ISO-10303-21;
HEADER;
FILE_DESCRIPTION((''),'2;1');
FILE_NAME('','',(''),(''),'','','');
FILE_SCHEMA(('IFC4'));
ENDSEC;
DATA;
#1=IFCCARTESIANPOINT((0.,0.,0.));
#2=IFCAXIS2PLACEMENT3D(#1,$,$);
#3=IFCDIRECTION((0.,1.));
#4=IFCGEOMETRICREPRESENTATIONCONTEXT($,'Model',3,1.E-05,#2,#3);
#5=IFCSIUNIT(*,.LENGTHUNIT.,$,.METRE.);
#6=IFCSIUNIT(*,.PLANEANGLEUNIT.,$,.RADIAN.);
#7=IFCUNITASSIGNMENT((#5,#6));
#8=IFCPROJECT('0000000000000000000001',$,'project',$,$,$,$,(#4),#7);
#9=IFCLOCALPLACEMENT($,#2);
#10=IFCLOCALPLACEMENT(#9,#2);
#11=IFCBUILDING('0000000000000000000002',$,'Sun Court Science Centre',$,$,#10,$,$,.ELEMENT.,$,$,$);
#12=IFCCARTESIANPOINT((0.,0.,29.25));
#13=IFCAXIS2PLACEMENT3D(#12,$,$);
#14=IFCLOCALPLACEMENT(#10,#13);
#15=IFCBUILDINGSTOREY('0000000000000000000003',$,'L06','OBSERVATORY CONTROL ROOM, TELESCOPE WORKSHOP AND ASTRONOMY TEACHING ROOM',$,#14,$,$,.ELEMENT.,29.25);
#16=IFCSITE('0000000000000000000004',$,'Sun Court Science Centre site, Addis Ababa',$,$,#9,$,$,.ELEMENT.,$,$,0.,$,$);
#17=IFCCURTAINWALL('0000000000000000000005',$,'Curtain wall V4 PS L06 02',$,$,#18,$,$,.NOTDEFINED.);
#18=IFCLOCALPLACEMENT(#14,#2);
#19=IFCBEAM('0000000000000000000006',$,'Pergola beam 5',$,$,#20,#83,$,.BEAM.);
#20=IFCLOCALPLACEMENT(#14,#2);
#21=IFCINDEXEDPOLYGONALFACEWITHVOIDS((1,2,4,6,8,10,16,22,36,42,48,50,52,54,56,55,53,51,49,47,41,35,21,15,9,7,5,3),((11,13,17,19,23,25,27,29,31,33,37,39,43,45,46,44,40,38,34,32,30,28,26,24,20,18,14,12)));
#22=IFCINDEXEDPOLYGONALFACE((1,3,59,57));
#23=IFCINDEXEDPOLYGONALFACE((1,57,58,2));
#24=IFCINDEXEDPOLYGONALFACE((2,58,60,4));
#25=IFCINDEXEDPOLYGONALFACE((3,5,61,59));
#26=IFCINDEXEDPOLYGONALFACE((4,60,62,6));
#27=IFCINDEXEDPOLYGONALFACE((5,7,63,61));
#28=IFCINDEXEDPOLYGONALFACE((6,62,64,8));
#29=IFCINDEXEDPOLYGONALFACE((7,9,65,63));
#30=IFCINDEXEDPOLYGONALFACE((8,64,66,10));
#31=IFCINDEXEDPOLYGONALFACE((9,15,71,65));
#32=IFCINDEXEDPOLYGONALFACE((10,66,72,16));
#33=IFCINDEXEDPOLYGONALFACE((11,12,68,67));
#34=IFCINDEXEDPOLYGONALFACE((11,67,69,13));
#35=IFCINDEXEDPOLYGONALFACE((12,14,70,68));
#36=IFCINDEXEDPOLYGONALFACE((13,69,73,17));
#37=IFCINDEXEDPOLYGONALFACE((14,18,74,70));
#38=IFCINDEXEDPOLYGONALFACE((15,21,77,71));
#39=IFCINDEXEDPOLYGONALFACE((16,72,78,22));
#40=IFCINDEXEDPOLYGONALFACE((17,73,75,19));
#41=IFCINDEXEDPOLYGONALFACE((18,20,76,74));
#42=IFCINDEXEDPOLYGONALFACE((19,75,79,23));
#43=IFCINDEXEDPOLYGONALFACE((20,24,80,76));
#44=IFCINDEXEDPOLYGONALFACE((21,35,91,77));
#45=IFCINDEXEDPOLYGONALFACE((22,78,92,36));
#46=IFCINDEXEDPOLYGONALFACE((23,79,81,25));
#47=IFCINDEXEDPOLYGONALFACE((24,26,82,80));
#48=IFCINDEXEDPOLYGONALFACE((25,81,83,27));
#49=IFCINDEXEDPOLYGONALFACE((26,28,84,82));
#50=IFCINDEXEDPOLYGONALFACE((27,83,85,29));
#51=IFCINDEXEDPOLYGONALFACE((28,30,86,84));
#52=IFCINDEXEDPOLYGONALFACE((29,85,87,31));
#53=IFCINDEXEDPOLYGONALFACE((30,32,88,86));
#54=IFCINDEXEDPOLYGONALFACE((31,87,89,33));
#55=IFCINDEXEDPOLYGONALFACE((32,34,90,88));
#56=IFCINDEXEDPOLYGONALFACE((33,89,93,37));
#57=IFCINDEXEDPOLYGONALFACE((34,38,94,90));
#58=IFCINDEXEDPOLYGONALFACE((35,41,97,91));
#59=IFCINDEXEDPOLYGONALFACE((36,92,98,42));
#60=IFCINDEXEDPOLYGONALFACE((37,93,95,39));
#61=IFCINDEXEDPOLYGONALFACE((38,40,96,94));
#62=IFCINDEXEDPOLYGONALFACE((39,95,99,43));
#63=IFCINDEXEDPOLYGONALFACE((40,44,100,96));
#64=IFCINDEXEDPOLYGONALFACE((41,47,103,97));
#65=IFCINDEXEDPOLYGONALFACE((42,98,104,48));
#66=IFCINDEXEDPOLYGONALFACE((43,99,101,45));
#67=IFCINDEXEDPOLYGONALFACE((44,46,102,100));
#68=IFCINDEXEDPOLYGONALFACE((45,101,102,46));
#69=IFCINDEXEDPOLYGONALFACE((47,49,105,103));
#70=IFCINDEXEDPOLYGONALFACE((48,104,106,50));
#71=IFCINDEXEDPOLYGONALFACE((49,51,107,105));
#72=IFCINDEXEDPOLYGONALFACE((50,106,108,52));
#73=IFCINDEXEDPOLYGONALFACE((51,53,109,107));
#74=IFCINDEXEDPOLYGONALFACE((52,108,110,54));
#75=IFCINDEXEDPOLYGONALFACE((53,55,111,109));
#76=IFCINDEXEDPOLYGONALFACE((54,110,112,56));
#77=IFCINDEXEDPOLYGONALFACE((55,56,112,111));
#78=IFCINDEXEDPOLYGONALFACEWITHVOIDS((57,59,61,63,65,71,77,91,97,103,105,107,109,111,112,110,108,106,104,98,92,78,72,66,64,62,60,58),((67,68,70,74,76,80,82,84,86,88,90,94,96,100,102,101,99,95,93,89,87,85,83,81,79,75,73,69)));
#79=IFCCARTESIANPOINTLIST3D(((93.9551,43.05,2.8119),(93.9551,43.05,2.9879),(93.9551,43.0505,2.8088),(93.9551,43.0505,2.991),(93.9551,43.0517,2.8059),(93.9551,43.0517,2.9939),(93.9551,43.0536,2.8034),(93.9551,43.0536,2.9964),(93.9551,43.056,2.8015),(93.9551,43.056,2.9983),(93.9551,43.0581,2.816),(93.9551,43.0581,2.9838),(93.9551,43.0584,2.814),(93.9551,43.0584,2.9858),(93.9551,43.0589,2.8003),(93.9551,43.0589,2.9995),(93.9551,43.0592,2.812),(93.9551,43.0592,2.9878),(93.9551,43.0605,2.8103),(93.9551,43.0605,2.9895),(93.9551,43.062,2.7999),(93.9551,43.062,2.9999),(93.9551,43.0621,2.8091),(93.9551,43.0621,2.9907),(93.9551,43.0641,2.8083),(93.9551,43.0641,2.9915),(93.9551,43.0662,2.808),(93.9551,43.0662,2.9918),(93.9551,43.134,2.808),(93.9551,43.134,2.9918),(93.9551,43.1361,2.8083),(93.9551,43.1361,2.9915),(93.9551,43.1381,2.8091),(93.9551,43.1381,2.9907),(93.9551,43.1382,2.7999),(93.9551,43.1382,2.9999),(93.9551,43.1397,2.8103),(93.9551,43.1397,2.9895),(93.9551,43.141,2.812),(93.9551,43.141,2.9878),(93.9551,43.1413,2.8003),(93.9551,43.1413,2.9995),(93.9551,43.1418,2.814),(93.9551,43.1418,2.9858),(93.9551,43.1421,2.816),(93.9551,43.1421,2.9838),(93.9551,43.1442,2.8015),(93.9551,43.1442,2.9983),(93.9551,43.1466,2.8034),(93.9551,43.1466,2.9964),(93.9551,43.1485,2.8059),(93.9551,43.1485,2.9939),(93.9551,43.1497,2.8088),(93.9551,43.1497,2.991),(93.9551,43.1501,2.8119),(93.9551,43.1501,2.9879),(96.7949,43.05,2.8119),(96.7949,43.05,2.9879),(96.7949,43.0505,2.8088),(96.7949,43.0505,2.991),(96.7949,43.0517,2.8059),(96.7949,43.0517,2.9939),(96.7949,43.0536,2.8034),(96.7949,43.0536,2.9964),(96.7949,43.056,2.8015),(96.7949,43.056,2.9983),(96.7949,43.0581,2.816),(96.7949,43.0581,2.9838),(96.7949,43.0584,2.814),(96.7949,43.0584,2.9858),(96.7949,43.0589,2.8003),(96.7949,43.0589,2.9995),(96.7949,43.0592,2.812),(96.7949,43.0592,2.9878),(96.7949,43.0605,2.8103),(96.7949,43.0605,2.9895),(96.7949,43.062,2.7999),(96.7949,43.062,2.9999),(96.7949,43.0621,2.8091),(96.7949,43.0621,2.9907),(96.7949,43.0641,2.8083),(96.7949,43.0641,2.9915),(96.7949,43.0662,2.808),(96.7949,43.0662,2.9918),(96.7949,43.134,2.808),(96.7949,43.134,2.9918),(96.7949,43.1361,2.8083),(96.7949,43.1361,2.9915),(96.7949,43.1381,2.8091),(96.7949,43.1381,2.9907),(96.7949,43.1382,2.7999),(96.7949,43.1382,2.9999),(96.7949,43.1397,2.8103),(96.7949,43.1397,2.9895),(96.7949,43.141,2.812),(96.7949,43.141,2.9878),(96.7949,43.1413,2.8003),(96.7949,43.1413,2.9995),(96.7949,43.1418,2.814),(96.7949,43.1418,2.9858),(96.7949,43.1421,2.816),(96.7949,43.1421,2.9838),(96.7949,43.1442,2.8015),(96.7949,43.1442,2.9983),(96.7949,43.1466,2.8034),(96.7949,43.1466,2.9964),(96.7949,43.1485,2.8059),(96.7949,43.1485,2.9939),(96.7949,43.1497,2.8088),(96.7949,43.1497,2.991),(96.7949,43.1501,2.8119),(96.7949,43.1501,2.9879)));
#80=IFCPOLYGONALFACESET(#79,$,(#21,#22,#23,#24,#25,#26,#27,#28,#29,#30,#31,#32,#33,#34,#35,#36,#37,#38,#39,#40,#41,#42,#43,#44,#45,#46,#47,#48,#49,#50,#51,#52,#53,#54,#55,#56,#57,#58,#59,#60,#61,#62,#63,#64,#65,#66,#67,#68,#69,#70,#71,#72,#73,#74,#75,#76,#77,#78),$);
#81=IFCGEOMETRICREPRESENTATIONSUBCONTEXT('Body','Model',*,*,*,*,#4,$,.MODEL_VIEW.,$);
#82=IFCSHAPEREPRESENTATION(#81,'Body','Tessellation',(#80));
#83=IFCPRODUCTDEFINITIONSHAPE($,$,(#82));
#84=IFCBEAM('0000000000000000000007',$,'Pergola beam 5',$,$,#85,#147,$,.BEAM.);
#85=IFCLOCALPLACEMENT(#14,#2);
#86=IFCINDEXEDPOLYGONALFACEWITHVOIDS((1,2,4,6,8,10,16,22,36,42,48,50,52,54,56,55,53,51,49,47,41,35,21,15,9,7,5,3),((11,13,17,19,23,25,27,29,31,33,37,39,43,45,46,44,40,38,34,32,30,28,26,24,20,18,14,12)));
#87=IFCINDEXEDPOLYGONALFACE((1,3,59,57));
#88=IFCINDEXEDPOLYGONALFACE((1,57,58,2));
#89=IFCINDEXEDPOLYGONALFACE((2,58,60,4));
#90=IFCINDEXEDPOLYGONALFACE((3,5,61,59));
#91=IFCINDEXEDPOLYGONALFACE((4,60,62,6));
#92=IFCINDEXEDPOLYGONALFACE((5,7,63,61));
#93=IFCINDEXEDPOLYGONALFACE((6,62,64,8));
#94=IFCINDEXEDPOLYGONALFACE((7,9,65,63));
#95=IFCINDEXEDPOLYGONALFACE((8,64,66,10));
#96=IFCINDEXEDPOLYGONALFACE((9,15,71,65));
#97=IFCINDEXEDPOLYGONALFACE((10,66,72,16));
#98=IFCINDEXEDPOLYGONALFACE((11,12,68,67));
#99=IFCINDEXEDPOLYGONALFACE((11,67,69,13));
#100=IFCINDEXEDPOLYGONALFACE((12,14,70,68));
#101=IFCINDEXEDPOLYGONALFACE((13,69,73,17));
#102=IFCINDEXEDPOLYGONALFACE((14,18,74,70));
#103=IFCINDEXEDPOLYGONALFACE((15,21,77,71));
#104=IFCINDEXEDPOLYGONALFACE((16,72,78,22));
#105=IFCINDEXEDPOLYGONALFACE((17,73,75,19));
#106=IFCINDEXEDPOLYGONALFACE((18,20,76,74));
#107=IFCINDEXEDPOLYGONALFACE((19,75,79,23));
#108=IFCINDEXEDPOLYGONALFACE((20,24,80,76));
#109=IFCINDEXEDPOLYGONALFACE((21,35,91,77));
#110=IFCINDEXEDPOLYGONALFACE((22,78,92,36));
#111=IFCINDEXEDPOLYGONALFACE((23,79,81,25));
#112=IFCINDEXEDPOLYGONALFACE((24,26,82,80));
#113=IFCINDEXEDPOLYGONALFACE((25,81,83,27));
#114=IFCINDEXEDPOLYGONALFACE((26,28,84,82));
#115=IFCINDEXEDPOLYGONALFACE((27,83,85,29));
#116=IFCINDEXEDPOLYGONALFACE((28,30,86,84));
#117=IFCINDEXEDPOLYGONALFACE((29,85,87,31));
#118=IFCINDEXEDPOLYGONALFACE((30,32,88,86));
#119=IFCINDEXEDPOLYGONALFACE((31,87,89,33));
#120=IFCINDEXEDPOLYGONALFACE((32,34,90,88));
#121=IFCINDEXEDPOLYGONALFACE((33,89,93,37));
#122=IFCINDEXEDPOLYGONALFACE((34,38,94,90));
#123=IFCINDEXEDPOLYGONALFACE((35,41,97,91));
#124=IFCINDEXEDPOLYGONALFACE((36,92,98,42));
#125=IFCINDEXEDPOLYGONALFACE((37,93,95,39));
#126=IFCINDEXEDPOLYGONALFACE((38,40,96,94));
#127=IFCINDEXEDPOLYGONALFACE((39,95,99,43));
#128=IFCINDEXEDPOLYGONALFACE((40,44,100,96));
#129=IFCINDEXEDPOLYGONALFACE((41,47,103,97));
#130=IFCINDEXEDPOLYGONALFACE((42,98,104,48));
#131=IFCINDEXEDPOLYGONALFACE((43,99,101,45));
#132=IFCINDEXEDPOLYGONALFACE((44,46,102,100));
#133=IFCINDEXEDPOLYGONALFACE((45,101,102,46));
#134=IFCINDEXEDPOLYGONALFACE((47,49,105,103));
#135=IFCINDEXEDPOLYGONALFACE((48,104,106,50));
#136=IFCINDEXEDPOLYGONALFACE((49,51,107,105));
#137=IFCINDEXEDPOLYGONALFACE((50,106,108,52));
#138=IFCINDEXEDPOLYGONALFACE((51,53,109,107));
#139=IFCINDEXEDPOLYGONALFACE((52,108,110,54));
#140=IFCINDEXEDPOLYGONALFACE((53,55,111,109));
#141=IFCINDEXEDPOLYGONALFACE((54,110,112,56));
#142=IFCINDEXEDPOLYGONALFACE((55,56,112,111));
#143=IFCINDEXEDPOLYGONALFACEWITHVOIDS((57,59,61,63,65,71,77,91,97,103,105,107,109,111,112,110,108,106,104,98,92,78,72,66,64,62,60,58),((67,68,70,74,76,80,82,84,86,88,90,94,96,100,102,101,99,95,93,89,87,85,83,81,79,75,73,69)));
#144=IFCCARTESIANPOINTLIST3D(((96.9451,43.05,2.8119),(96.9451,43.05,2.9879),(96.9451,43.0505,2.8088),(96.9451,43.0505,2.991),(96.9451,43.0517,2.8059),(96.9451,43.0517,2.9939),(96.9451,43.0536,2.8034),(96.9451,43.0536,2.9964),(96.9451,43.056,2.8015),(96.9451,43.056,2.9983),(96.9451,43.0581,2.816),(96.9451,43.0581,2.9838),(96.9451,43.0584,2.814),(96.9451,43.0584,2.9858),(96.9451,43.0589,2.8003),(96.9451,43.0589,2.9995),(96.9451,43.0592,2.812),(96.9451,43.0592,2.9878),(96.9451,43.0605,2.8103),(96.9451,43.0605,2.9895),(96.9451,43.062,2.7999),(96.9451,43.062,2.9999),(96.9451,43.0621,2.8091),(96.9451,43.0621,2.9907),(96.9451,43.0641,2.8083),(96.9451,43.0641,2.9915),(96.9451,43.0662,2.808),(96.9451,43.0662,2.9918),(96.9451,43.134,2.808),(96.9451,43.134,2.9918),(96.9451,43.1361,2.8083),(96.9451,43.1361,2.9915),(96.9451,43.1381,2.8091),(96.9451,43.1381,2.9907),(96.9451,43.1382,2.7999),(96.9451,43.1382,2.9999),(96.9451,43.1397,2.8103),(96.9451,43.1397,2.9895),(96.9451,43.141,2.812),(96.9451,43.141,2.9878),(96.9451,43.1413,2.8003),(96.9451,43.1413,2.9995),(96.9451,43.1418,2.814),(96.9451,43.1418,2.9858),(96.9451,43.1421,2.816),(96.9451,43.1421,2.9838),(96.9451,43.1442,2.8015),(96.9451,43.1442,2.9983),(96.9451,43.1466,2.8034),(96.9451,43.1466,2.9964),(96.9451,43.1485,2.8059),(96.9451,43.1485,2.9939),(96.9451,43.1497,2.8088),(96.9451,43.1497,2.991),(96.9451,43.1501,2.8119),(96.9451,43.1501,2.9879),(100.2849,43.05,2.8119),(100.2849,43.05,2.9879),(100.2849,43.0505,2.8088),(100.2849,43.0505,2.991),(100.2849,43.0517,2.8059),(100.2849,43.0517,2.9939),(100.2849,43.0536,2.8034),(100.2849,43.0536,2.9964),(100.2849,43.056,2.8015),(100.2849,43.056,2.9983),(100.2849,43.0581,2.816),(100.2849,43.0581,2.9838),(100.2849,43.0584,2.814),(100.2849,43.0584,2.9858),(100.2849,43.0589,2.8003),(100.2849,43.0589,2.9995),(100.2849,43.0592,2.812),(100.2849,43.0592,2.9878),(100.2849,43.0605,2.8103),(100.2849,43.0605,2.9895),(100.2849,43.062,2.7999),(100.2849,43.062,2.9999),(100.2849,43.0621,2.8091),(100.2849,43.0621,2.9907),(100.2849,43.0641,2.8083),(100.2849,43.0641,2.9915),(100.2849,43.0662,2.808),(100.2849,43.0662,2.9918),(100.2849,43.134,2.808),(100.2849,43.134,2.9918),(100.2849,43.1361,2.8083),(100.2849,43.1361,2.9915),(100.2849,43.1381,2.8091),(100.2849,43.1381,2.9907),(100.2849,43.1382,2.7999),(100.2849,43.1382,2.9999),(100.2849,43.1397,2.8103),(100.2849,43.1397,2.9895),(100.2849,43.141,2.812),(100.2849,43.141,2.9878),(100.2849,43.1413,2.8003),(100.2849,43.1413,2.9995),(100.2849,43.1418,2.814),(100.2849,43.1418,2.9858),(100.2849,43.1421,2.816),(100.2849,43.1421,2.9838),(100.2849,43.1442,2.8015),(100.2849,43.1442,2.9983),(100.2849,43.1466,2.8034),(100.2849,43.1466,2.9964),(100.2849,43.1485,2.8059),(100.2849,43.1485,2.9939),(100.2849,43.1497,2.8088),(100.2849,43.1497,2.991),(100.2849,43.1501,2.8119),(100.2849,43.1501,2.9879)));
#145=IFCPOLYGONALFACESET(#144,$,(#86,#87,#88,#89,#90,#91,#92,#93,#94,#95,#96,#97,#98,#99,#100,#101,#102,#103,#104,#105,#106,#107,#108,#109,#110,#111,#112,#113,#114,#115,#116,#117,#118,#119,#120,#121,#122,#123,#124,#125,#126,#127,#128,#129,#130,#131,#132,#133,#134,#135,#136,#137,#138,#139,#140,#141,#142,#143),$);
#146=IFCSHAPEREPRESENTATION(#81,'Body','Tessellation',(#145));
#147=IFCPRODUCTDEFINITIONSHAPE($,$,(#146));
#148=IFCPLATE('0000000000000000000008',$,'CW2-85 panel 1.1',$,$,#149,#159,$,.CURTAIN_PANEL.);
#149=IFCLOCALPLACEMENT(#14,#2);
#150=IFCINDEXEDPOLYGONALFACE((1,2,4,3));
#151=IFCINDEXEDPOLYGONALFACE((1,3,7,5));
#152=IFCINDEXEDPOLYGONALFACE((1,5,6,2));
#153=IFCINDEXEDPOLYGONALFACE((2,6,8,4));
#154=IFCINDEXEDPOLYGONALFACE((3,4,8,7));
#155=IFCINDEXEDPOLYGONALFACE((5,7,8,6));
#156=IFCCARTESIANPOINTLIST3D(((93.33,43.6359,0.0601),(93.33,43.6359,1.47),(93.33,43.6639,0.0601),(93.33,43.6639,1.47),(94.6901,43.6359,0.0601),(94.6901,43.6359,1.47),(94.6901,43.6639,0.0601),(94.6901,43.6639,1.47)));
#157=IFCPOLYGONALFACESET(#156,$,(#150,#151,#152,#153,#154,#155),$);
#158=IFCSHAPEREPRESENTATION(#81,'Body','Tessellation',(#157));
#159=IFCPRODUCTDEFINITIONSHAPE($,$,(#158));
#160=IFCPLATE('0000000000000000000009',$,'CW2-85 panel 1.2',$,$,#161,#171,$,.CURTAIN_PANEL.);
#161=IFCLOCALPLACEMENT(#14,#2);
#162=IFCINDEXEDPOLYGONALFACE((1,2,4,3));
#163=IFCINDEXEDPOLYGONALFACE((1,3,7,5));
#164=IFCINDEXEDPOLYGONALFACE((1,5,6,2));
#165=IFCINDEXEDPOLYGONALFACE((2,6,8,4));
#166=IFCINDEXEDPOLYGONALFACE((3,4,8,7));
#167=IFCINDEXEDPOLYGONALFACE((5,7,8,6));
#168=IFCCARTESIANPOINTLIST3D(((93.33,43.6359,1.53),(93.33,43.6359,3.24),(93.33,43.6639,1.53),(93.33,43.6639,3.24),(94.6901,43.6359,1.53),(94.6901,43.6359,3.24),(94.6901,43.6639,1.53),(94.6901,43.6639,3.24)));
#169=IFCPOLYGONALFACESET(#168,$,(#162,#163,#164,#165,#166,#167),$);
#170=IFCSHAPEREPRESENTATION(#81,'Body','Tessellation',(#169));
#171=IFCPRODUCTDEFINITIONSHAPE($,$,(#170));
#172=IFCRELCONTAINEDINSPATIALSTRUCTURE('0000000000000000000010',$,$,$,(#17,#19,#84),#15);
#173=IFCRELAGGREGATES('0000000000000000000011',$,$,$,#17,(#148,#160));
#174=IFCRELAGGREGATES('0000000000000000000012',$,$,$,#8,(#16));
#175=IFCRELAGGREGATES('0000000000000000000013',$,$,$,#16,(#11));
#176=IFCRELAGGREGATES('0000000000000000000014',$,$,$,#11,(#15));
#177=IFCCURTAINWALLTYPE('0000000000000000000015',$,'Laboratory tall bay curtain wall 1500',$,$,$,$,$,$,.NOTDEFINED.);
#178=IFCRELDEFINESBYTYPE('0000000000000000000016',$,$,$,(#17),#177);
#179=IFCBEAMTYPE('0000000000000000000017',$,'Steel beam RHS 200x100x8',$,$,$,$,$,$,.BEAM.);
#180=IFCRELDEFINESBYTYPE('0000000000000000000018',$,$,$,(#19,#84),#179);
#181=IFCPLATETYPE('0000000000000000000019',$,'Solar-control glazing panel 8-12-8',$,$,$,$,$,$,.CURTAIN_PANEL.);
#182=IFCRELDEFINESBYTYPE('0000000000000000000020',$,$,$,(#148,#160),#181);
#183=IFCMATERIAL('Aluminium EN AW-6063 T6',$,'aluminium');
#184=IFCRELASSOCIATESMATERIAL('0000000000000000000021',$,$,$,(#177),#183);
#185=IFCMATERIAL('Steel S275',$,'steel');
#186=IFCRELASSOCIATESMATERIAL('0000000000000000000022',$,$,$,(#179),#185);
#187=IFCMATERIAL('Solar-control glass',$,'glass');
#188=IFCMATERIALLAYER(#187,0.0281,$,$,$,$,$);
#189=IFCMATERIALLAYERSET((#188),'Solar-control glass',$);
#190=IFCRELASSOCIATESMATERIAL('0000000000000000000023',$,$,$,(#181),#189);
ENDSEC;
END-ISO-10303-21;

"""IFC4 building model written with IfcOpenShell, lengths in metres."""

from ifc_helpers import new_model, si_unit, direction, frame, origin, origin_2d, place, context, subcontext, project, spatial, rectangle, hollow_rectangle, extrude, material, layer, layer_set, material_profile, profile_set, type_object, element, aggregate, save


model = new_model("IFC4")

# Units and contexts
model_context = context("Model", 3, precision=1e-05, world=origin(), true_north=direction((0.0, 1.0)))
body_context = subcontext(model_context, "Body", "Model", "MODEL_VIEW")
ifc_project = project(units=[si_unit("LENGTHUNIT", "METRE"), si_unit("PLANEANGLEUNIT", "RADIAN")], contexts=[model_context])

# Site, building, storey
site_placement = place(None, origin())
site = spatial("IfcSite", under=ifc_project, at=site_placement, Name="Sun Court Science Centre site, Addis Ababa", CompositionType="ELEMENT", RefElevation=0.0)
building_placement = place(site_placement, origin())
building = spatial("IfcBuilding", under=site, at=building_placement, Name="Sun Court Science Centre", CompositionType="ELEMENT")
storey_placement = place(building_placement, frame((0.0, 0.0, 29.25)))
storey = spatial("IfcBuildingStorey", under=building, at=storey_placement, Name="L06", Description="OBSERVATORY CONTROL ROOM, TELESCOPE WORKSHOP AND ASTRONOMY TEACHING ROOM", CompositionType="ELEMENT", Elevation=29.25)

# Curtain wall
ifc_material_1 = material(Name="Aluminium EN AW-6063 T6", Category="aluminium")
curtain_wall_type = type_object("IfcCurtainWallType", Name="Laboratory tall bay curtain wall 1500", PredefinedType="NOTDEFINED", material=ifc_material_1)
curtain_wall_placement = place(storey_placement, origin())
curtain_wall = element("IfcCurtainWall", 1, at=curtain_wall_placement, inside=storey, type_object=curtain_wall_type, Name="Curtain wall V4 PS L06 02", PredefinedType="NOTDEFINED")

# Beams
ifc_material_2 = material(Name="Steel S275", Category="steel")
ifc_material_profile_1 = material_profile(ifc_material_2, hollow_rectangle(XDim=0.1001, YDim=0.2, WallThickness=0.0081, InnerFilletRadius=0.0081, OuterFilletRadius=0.012, at=origin_2d()), Name="RHS 200x100x8")
ifc_profile_set_1 = profile_set([ifc_material_profile_1], Name="Steel S275")
beam_type_1 = type_object("IfcBeamType", Name="Steel beam RHS 200x100x8", PredefinedType="BEAM", material=ifc_profile_set_1)
beam_1_placement = place(storey_placement, frame((93.9551, 43.1001, 2.8999), z_axis=(1.0, 0.0, 0.0), x_axis=(0.0, 1.0, 0.0)))
element("IfcBeam", 2, at=beam_1_placement, inside=storey, type_object=beam_type_1, Name="Pergola beam 5", PredefinedType="BEAM", context=body_context, shape_type="SweptSolid", body=[
    extrude(hollow_rectangle(XDim=0.1001, YDim=0.2, WallThickness=0.0081, InnerFilletRadius=0.0081, OuterFilletRadius=0.012, at=origin_2d()), origin(), (0.0, 0.0, 1.0), 2.8398),
])
beam_2_placement = place(storey_placement, frame((96.9451, 43.1001, 2.8999), z_axis=(1.0, 0.0, 0.0), x_axis=(0.0, 1.0, 0.0)))
element("IfcBeam", 3, at=beam_2_placement, inside=storey, type_object=beam_type_1, Name="Pergola beam 5", PredefinedType="BEAM", context=body_context, shape_type="SweptSolid", body=[
    extrude(hollow_rectangle(XDim=0.1001, YDim=0.2, WallThickness=0.0081, InnerFilletRadius=0.0081, OuterFilletRadius=0.012, at=origin_2d()), origin(), (0.0, 0.0, 1.0), 3.3398),
])

# Plates
ifc_material_3 = material(Name="Solar-control glass", Category="glass")
ifc_layer = layer(ifc_material_3, 0.0281)
ifc_layer_set = layer_set([ifc_layer], Name="Solar-control glass")
plate_type = type_object("IfcPlateType", Name="Solar-control glazing panel 8-12-8", PredefinedType="CURTAIN_PANEL", material=ifc_layer_set)
plate_1_placement = place(storey_placement, frame((94.01, 43.6499, 0.0601), z_axis=(0.0, 0.0, 1.0), x_axis=(-1.0, 0.0, 0.0)))
plate_1 = element("IfcPlate", 4, at=plate_1_placement, type_object=plate_type, Name="CW2-85 panel 1.1", PredefinedType="CURTAIN_PANEL", context=body_context, shape_type="SweptSolid", body=[
    extrude(rectangle(XDim=1.3601, YDim=0.0281, at=origin_2d()), origin(), (0.0, 0.0, 1.0), 1.4099),
])
plate_2_placement = place(storey_placement, frame((94.01, 43.6499, 1.53), z_axis=(0.0, 0.0, 1.0), x_axis=(-1.0, 0.0, 0.0)))
plate_2 = element("IfcPlate", 5, at=plate_2_placement, type_object=plate_type, Name="CW2-85 panel 1.2", PredefinedType="CURTAIN_PANEL", context=body_context, shape_type="SweptSolid", body=[
    extrude(rectangle(XDim=1.3601, YDim=0.0281, at=origin_2d()), origin(), (0.0, 0.0, 1.0), 1.71),
])
aggregate(curtain_wall, [plate_1, plate_2])

save(model, "model.ifc")
